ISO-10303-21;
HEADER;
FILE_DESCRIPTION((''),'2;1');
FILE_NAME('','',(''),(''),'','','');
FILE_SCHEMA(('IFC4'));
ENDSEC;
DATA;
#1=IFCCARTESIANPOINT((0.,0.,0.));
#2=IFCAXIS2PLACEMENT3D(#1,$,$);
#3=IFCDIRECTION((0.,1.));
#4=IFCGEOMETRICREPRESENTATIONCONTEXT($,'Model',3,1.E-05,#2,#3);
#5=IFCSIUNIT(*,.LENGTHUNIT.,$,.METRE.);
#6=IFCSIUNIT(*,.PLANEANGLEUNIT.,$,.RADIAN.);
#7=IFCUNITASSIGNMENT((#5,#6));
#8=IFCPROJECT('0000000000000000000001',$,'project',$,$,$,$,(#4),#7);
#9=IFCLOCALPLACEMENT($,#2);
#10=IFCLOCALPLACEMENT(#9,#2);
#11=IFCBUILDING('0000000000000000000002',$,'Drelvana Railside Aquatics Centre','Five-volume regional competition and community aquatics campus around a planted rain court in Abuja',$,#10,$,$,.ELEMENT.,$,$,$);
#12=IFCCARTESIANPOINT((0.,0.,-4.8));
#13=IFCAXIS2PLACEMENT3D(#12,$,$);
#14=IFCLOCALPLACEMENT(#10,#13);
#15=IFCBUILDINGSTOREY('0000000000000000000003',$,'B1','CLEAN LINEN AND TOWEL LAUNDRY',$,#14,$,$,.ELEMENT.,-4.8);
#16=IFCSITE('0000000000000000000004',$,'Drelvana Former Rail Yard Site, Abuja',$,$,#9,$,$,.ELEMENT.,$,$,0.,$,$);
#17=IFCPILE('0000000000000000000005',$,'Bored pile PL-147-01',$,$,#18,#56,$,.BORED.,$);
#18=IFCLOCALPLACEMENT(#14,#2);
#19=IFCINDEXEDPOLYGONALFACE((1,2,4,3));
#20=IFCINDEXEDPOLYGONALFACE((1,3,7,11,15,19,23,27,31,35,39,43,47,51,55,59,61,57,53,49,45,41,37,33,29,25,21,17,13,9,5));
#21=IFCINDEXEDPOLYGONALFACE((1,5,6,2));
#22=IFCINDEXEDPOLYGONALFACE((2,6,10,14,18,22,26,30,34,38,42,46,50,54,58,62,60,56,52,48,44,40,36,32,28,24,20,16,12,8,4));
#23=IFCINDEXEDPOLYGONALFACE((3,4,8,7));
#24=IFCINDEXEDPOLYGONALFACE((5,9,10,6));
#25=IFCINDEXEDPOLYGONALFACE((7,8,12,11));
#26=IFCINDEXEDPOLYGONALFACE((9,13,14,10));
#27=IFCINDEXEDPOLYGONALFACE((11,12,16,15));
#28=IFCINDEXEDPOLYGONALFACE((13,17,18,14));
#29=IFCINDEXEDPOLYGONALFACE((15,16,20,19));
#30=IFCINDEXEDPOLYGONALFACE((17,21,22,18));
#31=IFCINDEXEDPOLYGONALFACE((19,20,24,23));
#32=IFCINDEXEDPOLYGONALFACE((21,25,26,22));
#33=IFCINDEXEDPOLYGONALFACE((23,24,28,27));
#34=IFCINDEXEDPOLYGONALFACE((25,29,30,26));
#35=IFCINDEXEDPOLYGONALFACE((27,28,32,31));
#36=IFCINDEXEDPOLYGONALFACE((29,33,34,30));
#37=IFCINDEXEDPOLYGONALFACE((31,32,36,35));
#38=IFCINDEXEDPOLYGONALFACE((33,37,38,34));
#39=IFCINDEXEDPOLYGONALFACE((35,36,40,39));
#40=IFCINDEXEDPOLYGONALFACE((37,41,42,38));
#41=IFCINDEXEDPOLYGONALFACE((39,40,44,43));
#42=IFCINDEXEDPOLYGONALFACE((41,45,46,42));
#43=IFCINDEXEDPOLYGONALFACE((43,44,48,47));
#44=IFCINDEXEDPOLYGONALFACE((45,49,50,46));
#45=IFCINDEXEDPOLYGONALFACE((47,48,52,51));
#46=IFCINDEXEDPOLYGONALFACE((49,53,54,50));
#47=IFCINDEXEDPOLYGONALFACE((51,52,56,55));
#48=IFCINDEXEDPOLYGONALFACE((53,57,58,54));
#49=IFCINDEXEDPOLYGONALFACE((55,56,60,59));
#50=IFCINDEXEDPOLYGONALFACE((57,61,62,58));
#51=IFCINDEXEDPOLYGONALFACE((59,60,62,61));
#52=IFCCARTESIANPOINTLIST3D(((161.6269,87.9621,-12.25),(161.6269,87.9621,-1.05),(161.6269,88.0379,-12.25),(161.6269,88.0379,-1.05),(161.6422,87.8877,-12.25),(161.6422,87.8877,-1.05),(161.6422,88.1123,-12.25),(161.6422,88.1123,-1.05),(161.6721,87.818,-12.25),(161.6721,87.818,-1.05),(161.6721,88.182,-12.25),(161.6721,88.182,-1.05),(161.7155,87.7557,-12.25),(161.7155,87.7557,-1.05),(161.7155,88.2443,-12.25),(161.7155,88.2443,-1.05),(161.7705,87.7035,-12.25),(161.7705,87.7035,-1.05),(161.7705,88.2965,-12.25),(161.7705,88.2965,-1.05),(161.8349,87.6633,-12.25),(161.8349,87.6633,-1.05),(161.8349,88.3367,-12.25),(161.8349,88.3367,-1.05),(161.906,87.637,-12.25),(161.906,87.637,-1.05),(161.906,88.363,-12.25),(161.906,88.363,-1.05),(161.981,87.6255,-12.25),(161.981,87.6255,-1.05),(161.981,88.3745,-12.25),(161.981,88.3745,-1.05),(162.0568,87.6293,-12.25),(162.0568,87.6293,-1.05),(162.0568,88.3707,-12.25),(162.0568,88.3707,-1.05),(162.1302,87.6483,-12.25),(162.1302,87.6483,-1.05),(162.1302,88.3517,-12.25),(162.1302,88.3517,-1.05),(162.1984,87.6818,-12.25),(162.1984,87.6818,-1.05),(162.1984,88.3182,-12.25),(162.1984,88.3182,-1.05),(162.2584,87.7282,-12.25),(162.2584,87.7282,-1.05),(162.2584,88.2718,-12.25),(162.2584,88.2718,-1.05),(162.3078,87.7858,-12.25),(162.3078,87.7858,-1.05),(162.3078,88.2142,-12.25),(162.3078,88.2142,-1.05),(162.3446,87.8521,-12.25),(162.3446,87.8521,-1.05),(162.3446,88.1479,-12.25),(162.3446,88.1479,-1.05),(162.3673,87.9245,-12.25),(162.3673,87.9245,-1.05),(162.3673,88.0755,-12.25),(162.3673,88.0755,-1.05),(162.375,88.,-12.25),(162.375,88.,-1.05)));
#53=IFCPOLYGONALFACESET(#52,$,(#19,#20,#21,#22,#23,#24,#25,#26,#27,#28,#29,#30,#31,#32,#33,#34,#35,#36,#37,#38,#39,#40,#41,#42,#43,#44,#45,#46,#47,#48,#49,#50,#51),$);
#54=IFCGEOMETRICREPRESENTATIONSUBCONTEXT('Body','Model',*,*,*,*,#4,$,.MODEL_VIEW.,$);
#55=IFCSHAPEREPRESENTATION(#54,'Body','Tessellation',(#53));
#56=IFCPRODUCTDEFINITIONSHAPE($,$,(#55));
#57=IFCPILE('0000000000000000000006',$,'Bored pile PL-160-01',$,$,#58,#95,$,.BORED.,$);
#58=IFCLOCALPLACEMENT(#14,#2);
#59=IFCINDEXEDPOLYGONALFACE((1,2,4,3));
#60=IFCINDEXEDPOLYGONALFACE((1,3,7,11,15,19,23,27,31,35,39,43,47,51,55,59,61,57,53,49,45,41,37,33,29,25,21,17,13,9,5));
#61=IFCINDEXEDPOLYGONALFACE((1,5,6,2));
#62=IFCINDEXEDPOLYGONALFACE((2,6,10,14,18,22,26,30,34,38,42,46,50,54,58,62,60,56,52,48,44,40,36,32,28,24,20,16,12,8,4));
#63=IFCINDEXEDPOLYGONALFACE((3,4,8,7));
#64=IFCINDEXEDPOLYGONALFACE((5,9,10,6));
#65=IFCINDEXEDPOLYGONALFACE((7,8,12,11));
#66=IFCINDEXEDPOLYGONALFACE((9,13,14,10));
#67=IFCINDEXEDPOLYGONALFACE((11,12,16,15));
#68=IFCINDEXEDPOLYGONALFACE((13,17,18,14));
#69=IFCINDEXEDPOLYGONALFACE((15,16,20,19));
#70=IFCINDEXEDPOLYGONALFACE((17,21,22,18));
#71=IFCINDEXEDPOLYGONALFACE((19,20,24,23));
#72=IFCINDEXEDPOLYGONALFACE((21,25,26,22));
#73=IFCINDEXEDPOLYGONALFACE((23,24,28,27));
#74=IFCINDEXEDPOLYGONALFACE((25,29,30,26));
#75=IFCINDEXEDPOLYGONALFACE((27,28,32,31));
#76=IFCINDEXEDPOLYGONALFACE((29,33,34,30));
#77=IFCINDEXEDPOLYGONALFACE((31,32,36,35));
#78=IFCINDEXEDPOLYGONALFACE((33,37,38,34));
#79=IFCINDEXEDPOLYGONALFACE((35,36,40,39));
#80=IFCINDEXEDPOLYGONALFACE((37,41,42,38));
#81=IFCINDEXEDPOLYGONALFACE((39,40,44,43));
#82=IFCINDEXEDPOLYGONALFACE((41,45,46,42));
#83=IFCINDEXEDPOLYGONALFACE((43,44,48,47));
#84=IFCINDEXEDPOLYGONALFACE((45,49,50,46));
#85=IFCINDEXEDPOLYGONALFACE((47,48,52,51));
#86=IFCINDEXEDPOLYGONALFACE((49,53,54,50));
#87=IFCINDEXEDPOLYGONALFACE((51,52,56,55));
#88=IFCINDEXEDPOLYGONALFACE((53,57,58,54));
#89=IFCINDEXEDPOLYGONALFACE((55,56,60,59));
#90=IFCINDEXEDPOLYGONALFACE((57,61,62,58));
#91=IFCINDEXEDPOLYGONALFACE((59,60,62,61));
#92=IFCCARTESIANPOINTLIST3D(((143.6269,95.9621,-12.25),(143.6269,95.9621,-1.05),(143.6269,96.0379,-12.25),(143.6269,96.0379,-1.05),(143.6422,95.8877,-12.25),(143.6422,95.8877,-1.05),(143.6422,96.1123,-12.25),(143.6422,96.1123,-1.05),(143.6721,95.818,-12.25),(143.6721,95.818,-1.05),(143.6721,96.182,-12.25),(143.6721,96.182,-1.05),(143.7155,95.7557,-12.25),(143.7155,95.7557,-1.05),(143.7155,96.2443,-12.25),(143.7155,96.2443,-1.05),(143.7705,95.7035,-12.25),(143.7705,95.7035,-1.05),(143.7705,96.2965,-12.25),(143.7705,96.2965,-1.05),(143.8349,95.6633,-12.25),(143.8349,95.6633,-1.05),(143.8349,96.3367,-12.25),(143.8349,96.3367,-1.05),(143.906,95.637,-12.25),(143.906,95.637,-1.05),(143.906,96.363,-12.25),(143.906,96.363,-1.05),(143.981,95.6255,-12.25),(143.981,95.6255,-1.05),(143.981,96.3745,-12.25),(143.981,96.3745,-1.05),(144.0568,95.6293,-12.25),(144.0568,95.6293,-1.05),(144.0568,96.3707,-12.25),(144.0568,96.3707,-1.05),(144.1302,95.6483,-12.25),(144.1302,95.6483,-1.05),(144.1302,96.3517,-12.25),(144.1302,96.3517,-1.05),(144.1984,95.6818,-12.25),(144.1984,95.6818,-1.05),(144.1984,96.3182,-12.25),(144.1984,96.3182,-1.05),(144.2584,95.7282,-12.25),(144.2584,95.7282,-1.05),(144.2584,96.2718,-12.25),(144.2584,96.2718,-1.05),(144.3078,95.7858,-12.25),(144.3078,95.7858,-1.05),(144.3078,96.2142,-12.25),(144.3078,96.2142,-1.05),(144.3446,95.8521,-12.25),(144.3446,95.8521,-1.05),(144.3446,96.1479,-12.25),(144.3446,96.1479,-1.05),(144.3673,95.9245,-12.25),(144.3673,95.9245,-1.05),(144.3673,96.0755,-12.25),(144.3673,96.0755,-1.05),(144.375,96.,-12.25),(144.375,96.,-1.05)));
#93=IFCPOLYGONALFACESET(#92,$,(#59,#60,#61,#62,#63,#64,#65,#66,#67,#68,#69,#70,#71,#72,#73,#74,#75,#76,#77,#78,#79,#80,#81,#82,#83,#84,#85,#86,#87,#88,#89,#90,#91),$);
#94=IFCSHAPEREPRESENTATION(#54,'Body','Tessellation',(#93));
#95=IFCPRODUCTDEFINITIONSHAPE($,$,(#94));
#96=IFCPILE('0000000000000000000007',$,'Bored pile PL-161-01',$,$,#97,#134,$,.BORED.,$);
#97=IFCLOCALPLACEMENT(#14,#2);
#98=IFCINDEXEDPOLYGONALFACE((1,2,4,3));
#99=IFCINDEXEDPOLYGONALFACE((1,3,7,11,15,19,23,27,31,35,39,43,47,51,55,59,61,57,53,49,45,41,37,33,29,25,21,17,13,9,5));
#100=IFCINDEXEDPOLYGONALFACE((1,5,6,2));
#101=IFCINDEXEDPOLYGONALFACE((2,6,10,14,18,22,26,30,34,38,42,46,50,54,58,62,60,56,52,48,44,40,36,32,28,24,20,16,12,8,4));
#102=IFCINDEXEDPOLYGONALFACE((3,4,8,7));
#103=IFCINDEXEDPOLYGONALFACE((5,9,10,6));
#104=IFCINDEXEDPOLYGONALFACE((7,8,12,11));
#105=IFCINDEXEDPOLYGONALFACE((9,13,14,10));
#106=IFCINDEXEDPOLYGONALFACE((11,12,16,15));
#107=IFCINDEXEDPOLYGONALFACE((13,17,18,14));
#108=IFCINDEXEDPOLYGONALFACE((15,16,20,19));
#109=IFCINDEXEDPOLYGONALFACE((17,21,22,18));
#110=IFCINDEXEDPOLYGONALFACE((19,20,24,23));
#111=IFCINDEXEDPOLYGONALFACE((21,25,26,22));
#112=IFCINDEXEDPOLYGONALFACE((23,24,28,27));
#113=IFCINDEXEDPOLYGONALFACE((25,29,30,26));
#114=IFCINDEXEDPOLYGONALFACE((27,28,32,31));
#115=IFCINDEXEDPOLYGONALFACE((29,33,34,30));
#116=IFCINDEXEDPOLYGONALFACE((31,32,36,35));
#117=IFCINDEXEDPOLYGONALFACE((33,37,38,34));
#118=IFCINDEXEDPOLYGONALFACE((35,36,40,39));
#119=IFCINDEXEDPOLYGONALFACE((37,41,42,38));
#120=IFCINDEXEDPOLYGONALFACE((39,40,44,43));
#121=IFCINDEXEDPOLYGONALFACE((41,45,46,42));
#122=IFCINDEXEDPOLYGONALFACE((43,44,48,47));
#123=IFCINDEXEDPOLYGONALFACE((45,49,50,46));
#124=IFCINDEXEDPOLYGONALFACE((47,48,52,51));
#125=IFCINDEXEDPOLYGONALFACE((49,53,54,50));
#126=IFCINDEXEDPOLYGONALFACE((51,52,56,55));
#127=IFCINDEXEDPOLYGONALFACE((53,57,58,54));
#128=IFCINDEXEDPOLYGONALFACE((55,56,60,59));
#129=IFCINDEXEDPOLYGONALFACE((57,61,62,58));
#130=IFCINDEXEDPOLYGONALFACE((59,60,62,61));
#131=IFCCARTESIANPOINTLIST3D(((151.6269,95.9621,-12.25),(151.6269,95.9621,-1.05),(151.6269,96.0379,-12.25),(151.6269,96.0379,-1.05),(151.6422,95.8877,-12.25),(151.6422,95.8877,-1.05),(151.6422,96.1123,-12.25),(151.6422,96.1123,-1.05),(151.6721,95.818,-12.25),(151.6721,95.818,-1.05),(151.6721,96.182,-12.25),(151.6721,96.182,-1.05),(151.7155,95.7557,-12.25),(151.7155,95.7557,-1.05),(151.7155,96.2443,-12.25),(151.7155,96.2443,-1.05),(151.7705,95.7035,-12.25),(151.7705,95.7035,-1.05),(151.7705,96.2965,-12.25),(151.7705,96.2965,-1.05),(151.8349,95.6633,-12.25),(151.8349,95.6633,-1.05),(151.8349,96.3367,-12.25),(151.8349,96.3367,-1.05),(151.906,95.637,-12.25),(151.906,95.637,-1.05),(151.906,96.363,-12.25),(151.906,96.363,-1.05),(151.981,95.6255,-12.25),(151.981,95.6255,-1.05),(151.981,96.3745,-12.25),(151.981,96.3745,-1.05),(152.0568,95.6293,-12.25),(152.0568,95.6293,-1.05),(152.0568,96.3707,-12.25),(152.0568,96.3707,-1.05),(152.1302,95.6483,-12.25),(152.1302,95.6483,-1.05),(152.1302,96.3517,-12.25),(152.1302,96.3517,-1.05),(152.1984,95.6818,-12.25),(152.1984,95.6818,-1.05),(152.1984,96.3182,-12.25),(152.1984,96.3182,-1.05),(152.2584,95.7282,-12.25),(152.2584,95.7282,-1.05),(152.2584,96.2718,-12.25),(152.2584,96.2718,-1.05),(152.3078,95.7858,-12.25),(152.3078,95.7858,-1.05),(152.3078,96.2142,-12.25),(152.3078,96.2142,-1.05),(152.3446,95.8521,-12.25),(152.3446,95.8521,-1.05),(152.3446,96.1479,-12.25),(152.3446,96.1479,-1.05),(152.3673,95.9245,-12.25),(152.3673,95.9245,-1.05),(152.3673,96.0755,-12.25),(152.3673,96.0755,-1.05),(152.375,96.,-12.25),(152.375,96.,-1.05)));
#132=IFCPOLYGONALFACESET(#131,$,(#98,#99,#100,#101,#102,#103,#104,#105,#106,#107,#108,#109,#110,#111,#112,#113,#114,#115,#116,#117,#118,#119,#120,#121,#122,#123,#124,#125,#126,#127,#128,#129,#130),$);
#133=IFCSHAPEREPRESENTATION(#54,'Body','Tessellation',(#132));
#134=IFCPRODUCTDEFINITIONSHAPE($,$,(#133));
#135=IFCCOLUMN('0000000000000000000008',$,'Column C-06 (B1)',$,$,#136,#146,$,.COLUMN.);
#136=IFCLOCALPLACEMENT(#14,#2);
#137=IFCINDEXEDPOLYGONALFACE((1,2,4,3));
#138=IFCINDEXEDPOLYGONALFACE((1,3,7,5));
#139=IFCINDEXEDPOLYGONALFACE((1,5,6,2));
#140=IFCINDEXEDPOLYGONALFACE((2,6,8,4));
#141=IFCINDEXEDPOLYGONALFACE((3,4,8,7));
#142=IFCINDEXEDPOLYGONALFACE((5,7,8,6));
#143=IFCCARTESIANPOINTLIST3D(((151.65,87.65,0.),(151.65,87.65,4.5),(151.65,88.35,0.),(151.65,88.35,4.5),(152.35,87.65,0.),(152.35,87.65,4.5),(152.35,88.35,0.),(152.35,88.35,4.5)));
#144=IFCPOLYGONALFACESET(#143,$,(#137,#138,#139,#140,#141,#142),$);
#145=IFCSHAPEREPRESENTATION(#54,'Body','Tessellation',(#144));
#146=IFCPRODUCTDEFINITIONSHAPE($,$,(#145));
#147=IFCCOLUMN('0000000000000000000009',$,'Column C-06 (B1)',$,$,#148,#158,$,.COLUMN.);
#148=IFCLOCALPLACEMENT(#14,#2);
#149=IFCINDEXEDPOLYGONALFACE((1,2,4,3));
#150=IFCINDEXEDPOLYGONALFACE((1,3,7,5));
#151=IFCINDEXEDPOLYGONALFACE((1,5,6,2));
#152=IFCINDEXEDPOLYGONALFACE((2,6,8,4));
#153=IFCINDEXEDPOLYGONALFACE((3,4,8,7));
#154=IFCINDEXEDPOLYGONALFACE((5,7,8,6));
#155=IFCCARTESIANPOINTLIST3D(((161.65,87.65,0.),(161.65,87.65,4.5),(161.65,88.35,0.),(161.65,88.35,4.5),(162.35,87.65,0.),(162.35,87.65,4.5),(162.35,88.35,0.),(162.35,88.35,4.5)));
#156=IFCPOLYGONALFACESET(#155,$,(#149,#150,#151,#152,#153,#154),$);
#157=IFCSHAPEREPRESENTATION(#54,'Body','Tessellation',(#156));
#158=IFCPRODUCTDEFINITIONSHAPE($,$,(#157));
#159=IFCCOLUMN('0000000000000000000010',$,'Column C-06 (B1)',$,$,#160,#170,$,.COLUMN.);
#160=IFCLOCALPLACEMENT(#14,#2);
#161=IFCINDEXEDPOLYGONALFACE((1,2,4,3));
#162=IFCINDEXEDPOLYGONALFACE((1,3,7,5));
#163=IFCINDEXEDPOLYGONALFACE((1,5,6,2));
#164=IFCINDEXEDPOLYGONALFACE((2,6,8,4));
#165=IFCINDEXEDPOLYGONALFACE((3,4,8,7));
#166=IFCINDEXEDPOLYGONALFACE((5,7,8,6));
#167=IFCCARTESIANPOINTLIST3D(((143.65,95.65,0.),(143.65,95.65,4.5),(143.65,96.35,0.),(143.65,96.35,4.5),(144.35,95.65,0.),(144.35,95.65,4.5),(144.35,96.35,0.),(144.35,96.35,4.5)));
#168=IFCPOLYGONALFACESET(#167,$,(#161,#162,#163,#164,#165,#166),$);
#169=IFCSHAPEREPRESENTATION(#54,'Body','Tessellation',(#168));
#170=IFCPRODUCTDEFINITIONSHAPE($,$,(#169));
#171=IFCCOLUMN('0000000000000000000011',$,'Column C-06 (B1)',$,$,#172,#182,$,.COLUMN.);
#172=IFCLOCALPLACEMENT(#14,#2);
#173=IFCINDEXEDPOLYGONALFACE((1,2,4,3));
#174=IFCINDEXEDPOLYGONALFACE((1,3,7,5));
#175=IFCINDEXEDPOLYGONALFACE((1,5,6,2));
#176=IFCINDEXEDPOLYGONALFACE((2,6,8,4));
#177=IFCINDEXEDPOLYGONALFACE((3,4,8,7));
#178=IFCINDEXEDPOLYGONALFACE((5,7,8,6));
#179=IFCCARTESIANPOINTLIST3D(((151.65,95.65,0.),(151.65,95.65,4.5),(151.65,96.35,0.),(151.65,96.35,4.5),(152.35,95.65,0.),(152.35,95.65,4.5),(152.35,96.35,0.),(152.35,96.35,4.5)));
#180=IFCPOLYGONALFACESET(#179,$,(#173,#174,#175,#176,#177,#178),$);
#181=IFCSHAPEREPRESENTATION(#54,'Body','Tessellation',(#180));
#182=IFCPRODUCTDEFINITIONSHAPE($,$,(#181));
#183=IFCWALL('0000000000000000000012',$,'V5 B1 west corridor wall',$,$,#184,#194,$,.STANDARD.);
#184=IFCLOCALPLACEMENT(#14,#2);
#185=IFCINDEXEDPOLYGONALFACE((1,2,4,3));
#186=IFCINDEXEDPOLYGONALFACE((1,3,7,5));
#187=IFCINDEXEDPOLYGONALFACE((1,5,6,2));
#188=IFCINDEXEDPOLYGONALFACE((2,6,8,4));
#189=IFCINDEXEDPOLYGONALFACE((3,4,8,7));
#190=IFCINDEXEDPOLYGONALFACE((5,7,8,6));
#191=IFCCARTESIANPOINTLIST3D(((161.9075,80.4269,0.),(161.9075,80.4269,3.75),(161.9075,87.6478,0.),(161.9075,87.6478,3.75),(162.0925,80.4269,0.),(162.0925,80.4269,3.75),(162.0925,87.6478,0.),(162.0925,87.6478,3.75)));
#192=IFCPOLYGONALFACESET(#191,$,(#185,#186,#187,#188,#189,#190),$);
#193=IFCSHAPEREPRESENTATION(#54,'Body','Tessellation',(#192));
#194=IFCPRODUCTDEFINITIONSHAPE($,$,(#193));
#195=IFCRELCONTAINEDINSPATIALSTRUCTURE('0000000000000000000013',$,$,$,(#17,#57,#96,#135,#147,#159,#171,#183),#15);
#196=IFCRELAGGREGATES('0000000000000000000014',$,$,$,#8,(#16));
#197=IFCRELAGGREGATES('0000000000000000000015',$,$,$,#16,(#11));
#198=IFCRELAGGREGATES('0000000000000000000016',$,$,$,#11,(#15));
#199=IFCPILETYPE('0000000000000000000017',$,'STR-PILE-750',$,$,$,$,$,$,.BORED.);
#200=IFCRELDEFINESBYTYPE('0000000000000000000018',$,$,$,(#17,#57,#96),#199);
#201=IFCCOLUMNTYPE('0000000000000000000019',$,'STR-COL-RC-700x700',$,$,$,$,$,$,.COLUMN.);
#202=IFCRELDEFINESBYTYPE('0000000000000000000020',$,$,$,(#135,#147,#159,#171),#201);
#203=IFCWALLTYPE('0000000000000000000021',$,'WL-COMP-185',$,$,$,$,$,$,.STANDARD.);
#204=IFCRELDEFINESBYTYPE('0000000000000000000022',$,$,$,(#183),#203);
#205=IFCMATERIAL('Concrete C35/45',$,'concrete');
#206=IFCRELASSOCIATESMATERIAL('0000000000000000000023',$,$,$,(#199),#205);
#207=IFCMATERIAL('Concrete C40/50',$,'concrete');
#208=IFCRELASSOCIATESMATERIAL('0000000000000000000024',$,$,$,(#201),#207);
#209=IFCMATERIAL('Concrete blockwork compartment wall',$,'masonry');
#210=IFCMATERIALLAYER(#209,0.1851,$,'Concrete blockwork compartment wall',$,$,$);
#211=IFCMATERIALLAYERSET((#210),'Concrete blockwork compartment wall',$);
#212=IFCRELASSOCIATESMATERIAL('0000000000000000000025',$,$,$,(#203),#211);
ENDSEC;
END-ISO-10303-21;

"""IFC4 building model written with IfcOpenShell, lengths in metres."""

from ifc_helpers import new_model, si_unit, direction, frame, frame_2d, origin, origin_2d, place, context, subcontext, project, spatial, rectangle, circle, extrude, material, layer, layer_set, material_profile, profile_set, type_object, element, save


model = new_model("IFC4")

# Units and contexts
model_context = context("Model", 3, precision=1e-05, world=origin(), true_north=direction((0.0, 1.0)))
body_context = subcontext(model_context, "Body", "Model", "MODEL_VIEW")
ifc_project = project(units=[si_unit("LENGTHUNIT", "METRE"), si_unit("PLANEANGLEUNIT", "RADIAN")], contexts=[model_context])

# Site, building, storey
site_placement = place(None, origin())
site = spatial("IfcSite", under=ifc_project, at=site_placement, Name="Drelvana Former Rail Yard Site, Abuja", CompositionType="ELEMENT", RefElevation=0.0)
building_placement = place(site_placement, origin())
building = spatial("IfcBuilding", under=site, at=building_placement, Name="Drelvana Railside Aquatics Centre", Description="Five-volume regional competition and community aquatics campus around a planted rain court in Abuja", CompositionType="ELEMENT")
storey_placement = place(building_placement, frame((0.0, 0.0, -4.8)))
storey = spatial("IfcBuildingStorey", under=building, at=storey_placement, Name="B1", Description="CLEAN LINEN AND TOWEL LAUNDRY", CompositionType="ELEMENT", Elevation=-4.8)

# Shared definitions
ifc_material_1 = material(Name="Concrete C35/45", Category="concrete")

# Piles
ifc_material_profile_1 = material_profile(ifc_material_1, circle(Radius=0.375, at=origin_2d()), Name="PILE D750")
ifc_profile_set_1 = profile_set([ifc_material_profile_1], Name="Concrete C35/45")
pile_type = type_object("IfcPileType", Name="STR-PILE-750", PredefinedType="BORED", material=ifc_profile_set_1)
for number, where, z_axis, x_axis, name in (
    (1, (162.0, 88.0, -1.05), (0.0, 0.0, -1.0), (1.0, 0.0, 0.0), "Bored pile PL-147-01"),
    (2, (144.0, 96.0, -1.05), (0.0, 0.0, -1.0), (1.0, 0.0, 0.0), "Bored pile PL-160-01"),
    (3, (152.0, 96.0, -1.05), (0.0, 0.0, -1.0), (1.0, 0.0, 0.0), "Bored pile PL-161-01"),
):
    element("IfcPile", number, at=place(storey_placement, frame(where, z_axis=z_axis, x_axis=x_axis)), inside=storey, type_object=pile_type, Name=name, PredefinedType="BORED", context=body_context, shape_type="SweptSolid", body=[
        extrude(circle(Radius=0.375, at=origin_2d()), origin(), (0.0, 0.0, 1.0), 11.2),
    ])

# Columns
ifc_material_2 = material(Name="Concrete C40/50", Category="concrete")
ifc_material_profile_2 = material_profile(ifc_material_2, rectangle(XDim=0.7, YDim=0.7, at=origin_2d()), Name="RC 700x700")
ifc_profile_set_2 = profile_set([ifc_material_profile_2], Name="Concrete C40/50")
column_type = type_object("IfcColumnType", Name="STR-COL-RC-700x700", PredefinedType="COLUMN", material=ifc_profile_set_2)
for number, where, z_axis, x_axis, name in (
    (4, (152.0, 88.0, 0.0), (0.0, 0.0, 1.0), (1.0, 0.0, 0.0), "Column C-06 (B1)"),
    (5, (162.0, 88.0, 0.0), (0.0, 0.0, 1.0), (1.0, 0.0, 0.0), "Column C-06 (B1)"),
    (6, (144.0, 96.0, 0.0), (0.0, 0.0, 1.0), (1.0, 0.0, 0.0), "Column C-06 (B1)"),
    (7, (152.0, 96.0, 0.0), (0.0, 0.0, 1.0), (1.0, 0.0, 0.0), "Column C-06 (B1)"),
):
    element("IfcColumn", number, at=place(storey_placement, frame(where, z_axis=z_axis, x_axis=x_axis)), inside=storey, type_object=column_type, Name=name, PredefinedType="COLUMN", context=body_context, shape_type="SweptSolid", body=[
        extrude(rectangle(XDim=0.7, YDim=0.7, at=origin_2d()), origin(), (0.0, 0.0, 1.0), 4.5),
    ])

# Wall
ifc_material_3 = material(Name="Concrete blockwork compartment wall", Category="masonry")
ifc_layer_1 = layer(ifc_material_3, 0.1851, Name="Concrete blockwork compartment wall")
ifc_layer_set_1 = layer_set([ifc_layer_1], Name="Concrete blockwork compartment wall")
wall_type_1 = type_object("IfcWallType", Name="WL-COMP-185", PredefinedType="STANDARD", material=ifc_layer_set_1)
wall_1_placement = place(storey_placement, frame((162.0, 80.427, 0.0), z_axis=(0.0, 0.0, 1.0), x_axis=(0.0, 1.0, 0.0)))
element("IfcWall", 8, at=wall_1_placement, inside=storey, type_object=wall_type_1, Name="V5 B1 west corridor wall", PredefinedType="STANDARD", context=body_context, shape_type="SweptSolid", body=[
    extrude(rectangle(XDim=7.2209, YDim=0.1851, at=frame_2d((3.6104, 0.0))), origin(), (0.0, 0.0, 1.0), 3.75),
])

save(model, "model.ifc")
